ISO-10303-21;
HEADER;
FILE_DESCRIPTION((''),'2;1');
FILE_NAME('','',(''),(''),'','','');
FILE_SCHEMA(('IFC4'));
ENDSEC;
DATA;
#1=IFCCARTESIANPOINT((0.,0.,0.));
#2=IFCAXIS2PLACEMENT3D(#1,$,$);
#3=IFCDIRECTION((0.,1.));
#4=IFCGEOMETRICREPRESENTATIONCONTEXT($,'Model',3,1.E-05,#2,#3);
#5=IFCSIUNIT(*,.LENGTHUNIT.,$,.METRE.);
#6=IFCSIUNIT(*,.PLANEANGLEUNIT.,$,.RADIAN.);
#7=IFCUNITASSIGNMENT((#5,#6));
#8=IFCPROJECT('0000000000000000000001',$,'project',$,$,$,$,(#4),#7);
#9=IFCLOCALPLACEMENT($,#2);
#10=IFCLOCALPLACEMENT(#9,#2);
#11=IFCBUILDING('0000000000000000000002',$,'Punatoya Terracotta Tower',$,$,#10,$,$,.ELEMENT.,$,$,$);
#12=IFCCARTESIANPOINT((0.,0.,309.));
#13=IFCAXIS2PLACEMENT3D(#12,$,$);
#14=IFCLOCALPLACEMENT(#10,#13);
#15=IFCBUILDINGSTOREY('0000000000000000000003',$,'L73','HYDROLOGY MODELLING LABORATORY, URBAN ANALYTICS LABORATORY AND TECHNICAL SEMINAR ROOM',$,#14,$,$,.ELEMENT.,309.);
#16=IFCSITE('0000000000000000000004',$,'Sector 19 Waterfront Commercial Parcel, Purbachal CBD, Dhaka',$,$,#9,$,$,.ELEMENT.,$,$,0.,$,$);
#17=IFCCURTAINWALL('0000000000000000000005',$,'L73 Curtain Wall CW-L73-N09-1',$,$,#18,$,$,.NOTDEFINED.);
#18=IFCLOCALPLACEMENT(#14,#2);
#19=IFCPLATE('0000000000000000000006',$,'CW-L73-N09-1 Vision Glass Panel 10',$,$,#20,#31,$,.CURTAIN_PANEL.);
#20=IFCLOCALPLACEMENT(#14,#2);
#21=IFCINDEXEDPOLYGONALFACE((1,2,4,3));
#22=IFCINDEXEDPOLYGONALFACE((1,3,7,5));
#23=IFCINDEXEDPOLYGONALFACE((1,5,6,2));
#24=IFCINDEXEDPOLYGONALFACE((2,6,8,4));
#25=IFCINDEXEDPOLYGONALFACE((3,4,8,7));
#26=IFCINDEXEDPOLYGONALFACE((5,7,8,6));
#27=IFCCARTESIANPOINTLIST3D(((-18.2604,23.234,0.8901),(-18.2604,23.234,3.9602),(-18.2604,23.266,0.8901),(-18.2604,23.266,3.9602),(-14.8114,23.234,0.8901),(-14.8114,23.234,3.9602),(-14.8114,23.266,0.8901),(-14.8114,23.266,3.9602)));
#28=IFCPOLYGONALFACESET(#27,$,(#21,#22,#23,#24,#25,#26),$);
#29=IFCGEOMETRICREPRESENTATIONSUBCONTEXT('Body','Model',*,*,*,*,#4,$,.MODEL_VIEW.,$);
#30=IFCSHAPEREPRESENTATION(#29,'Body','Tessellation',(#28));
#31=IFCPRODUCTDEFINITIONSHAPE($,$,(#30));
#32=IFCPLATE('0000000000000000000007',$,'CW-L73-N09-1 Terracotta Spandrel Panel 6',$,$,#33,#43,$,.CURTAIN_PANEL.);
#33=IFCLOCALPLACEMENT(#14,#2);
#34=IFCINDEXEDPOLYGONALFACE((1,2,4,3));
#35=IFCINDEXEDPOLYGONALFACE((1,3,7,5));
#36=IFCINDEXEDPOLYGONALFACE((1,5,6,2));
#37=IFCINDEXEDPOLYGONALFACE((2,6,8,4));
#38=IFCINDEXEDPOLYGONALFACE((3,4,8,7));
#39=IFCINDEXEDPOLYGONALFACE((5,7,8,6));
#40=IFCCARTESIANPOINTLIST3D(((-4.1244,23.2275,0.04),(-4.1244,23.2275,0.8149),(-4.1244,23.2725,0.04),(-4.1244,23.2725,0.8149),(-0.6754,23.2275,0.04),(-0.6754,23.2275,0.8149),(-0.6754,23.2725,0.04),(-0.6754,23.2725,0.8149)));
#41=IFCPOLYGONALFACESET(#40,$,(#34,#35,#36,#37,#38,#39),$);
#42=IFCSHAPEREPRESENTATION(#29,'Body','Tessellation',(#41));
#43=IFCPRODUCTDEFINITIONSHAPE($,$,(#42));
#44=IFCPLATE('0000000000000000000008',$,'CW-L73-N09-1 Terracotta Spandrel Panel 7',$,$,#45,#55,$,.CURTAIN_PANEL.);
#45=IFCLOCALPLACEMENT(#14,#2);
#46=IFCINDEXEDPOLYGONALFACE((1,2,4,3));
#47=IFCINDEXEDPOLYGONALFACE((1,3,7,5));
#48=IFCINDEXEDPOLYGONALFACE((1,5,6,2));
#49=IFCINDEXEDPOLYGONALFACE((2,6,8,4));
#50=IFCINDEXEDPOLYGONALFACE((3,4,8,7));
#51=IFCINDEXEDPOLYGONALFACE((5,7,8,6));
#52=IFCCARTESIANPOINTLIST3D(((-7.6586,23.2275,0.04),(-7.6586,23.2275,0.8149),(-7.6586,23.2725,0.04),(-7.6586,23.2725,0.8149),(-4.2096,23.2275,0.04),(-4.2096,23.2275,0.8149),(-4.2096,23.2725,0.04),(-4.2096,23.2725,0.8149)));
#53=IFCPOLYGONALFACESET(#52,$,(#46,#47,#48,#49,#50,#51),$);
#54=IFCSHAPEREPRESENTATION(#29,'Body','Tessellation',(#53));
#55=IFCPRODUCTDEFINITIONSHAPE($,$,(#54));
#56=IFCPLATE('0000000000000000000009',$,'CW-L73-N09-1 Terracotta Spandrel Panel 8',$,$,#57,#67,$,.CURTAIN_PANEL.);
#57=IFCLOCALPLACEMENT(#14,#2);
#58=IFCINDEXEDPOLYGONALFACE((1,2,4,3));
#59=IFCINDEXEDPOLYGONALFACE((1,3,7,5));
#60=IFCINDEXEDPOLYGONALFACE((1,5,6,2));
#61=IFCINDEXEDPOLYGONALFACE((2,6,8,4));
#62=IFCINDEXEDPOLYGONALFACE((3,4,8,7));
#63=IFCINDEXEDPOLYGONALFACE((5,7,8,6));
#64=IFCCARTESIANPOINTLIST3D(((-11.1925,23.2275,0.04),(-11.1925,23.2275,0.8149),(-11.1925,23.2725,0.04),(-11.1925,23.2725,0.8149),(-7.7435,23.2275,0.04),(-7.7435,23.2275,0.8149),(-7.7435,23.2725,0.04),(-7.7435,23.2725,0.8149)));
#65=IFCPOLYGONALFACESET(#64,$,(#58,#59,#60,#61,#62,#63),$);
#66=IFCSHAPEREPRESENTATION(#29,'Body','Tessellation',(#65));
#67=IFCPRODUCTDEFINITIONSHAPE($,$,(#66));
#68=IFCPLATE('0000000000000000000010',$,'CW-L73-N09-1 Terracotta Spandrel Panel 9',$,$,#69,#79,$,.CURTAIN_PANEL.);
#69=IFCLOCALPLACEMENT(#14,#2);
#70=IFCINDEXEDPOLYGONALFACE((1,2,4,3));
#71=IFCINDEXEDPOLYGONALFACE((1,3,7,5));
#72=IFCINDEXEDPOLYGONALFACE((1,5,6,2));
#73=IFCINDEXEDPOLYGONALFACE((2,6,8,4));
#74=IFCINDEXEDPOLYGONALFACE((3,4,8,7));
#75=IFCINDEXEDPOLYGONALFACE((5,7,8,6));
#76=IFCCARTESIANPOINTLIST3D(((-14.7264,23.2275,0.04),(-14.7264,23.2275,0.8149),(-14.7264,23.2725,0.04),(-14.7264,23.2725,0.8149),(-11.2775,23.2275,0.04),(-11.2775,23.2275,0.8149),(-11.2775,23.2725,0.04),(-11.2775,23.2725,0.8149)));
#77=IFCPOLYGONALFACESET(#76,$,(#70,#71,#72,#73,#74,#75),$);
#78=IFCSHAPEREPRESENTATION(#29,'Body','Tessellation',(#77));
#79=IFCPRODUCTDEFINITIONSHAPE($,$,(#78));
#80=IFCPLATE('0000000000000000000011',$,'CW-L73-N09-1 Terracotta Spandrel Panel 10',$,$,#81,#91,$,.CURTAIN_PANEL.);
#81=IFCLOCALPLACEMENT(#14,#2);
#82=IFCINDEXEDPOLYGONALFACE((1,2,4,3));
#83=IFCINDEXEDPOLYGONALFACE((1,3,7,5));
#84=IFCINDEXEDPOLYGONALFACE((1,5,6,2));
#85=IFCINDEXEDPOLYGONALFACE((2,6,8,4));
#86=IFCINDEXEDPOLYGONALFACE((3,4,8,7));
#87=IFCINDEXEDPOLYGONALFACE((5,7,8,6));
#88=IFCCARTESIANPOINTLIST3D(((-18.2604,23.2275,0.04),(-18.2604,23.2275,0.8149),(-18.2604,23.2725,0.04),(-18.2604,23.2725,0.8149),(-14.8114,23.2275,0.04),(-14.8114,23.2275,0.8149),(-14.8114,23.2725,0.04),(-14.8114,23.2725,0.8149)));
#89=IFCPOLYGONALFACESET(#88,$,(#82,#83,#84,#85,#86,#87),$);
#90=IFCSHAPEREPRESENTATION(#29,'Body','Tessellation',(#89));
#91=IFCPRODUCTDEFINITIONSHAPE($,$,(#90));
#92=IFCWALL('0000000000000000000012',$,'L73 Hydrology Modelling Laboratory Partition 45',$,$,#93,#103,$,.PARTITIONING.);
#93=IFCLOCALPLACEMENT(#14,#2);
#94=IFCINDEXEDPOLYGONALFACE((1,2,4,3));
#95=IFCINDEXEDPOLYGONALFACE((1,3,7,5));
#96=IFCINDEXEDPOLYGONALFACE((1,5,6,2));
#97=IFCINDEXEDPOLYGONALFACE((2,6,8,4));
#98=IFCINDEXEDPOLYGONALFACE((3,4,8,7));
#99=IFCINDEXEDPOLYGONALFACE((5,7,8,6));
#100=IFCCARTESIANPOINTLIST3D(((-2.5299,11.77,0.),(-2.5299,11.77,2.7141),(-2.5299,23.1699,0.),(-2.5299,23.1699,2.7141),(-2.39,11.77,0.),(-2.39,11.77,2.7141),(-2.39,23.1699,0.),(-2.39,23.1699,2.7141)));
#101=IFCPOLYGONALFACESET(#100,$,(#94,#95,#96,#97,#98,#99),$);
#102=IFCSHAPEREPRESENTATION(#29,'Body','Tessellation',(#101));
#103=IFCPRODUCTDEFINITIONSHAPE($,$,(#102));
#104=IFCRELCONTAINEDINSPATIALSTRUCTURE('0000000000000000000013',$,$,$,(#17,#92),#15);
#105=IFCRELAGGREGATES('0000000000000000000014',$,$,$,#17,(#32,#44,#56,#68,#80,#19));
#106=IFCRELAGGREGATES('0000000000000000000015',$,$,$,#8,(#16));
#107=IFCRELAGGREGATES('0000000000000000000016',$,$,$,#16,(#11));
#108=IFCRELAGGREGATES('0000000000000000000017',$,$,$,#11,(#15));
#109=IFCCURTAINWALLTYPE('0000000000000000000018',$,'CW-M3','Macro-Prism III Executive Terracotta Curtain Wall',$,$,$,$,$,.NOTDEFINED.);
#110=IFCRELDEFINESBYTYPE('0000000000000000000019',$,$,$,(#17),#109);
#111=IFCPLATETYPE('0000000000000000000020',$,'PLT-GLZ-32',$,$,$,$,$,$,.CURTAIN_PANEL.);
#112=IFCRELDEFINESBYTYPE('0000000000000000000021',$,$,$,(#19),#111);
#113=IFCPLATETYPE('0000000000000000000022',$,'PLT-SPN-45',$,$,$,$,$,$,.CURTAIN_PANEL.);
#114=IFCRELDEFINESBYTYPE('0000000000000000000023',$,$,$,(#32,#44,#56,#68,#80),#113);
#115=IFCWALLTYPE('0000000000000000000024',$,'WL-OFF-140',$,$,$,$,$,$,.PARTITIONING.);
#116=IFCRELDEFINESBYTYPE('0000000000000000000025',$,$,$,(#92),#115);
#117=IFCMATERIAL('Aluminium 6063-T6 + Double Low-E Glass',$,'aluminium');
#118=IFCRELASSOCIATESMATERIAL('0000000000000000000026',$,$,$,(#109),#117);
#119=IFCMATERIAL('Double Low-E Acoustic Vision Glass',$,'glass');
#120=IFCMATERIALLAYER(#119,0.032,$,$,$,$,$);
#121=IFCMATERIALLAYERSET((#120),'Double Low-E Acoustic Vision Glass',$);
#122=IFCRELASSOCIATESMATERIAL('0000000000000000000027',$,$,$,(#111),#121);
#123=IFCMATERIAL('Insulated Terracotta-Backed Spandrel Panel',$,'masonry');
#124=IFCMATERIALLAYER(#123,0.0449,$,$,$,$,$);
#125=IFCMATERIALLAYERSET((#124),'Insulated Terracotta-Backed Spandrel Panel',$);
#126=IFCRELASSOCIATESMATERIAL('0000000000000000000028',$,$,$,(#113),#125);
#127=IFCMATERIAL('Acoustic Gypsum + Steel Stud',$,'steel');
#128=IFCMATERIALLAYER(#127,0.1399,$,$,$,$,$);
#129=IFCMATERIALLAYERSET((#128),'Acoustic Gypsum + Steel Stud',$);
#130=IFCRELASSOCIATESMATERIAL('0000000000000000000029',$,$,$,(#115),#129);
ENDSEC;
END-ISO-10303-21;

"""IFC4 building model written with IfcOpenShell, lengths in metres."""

from ifc_helpers import new_model, si_unit, direction, frame, frame_2d, origin, origin_2d, place, context, subcontext, project, spatial, rectangle, extrude, material, layer, layer_set, type_object, element, aggregate, save


model = new_model("IFC4")

# Units and contexts
model_context = context("Model", 3, precision=1e-05, world=origin(), true_north=direction((0.0, 1.0)))
body_context = subcontext(model_context, "Body", "Model", "MODEL_VIEW")
ifc_project = project(units=[si_unit("LENGTHUNIT", "METRE"), si_unit("PLANEANGLEUNIT", "RADIAN")], contexts=[model_context])

# Site, building, storey
site_placement = place(None, origin())
site = spatial("IfcSite", under=ifc_project, at=site_placement, Name="Sector 19 Waterfront Commercial Parcel, Purbachal CBD, Dhaka", CompositionType="ELEMENT", RefElevation=0.0)
building_placement = place(site_placement, origin())
building = spatial("IfcBuilding", under=site, at=building_placement, Name="Punatoya Terracotta Tower", CompositionType="ELEMENT")
storey_placement = place(building_placement, frame((0.0, 0.0, 309.0)))
storey = spatial("IfcBuildingStorey", under=building, at=storey_placement, Name="L73", Description="HYDROLOGY MODELLING LABORATORY, URBAN ANALYTICS LABORATORY AND TECHNICAL SEMINAR ROOM", CompositionType="ELEMENT", Elevation=309.0)

# Curtain wall, plates
ifc_material_1 = material(Name="Aluminium 6063-T6 + Double Low-E Glass", Category="aluminium")
curtain_wall_type = type_object("IfcCurtainWallType", Name="CW-M3", Description="Macro-Prism III Executive Terracotta Curtain Wall", PredefinedType="NOTDEFINED", material=ifc_material_1)
curtain_wall_placement = place(storey_placement, origin())
curtain_wall = element("IfcCurtainWall", 1, at=curtain_wall_placement, inside=storey, type_object=curtain_wall_type, Name="L73 Curtain Wall CW-L73-N09-1", PredefinedType="NOTDEFINED")
ifc_material_2 = material(Name="Double Low-E Acoustic Vision Glass", Category="glass")
ifc_layer_1 = layer(ifc_material_2, 0.032)
ifc_layer_set_1 = layer_set([ifc_layer_1], Name="Double Low-E Acoustic Vision Glass")
plate_type_1 = type_object("IfcPlateType", Name="PLT-GLZ-32", PredefinedType="CURTAIN_PANEL", material=ifc_layer_set_1)
plate_1_placement = place(storey_placement, frame((-16.5359, 23.25, 0.8901), z_axis=(0.0, 0.0, 1.0), x_axis=(-1.0, 0.0, 0.0)))
plate_1 = element("IfcPlate", 2, at=plate_1_placement, type_object=plate_type_1, Name="CW-L73-N09-1 Vision Glass Panel 10", PredefinedType="CURTAIN_PANEL", context=body_context, shape_type="SweptSolid", body=[
    extrude(rectangle(XDim=3.449, YDim=0.032, at=origin_2d()), origin(), (0.0, 0.0, 1.0), 3.0701),
])
ifc_material_3 = material(Name="Insulated Terracotta-Backed Spandrel Panel", Category="masonry")
ifc_layer_2 = layer(ifc_material_3, 0.0449)
ifc_layer_set_2 = layer_set([ifc_layer_2], Name="Insulated Terracotta-Backed Spandrel Panel")
plate_type_2 = type_object("IfcPlateType", Name="PLT-SPN-45", PredefinedType="CURTAIN_PANEL", material=ifc_layer_set_2)
plate_2_placement = place(storey_placement, frame((-2.3999, 23.25, 0.04), z_axis=(0.0, 0.0, 1.0), x_axis=(-1.0, 0.0, 0.0)))
plate_2 = element("IfcPlate", 3, at=plate_2_placement, type_object=plate_type_2, Name="CW-L73-N09-1 Terracotta Spandrel Panel 6", PredefinedType="CURTAIN_PANEL", context=body_context, shape_type="SweptSolid", body=[
    extrude(rectangle(XDim=3.449, YDim=0.0449, at=origin_2d()), origin(), (0.0, 0.0, 1.0), 0.7749),
])
plate_3_placement = place(storey_placement, frame((-5.9341, 23.25, 0.04), z_axis=(0.0, 0.0, 1.0), x_axis=(-1.0, 0.0, 0.0)))
plate_3 = element("IfcPlate", 4, at=plate_3_placement, type_object=plate_type_2, Name="CW-L73-N09-1 Terracotta Spandrel Panel 7", PredefinedType="CURTAIN_PANEL", context=body_context, shape_type="SweptSolid", body=[
    extrude(rectangle(XDim=3.449, YDim=0.0449, at=origin_2d()), origin(), (0.0, 0.0, 1.0), 0.7749),
])
plate_4_placement = place(storey_placement, frame((-9.468, 23.25, 0.04), z_axis=(0.0, 0.0, 1.0), x_axis=(-1.0, 0.0, 0.0)))
plate_4 = element("IfcPlate", 5, at=plate_4_placement, type_object=plate_type_2, Name="CW-L73-N09-1 Terracotta Spandrel Panel 8", PredefinedType="CURTAIN_PANEL", context=body_context, shape_type="SweptSolid", body=[
    extrude(rectangle(XDim=3.449, YDim=0.0449, at=origin_2d()), origin(), (0.0, 0.0, 1.0), 0.7749),
])
plate_5_placement = place(storey_placement, frame((-13.002, 23.25, 0.04), z_axis=(0.0, 0.0, 1.0), x_axis=(-1.0, 0.0, 0.0)))
plate_5 = element("IfcPlate", 6, at=plate_5_placement, type_object=plate_type_2, Name="CW-L73-N09-1 Terracotta Spandrel Panel 9", PredefinedType="CURTAIN_PANEL", context=body_context, shape_type="SweptSolid", body=[
    extrude(rectangle(XDim=3.449, YDim=0.0449, at=origin_2d()), origin(), (0.0, 0.0, 1.0), 0.7749),
])
plate_6_placement = place(storey_placement, frame((-16.5359, 23.25, 0.04), z_axis=(0.0, 0.0, 1.0), x_axis=(-1.0, 0.0, 0.0)))
plate_6 = element("IfcPlate", 7, at=plate_6_placement, type_object=plate_type_2, Name="CW-L73-N09-1 Terracotta Spandrel Panel 10", PredefinedType="CURTAIN_PANEL", context=body_context, shape_type="SweptSolid", body=[
    extrude(rectangle(XDim=3.449, YDim=0.0449, at=origin_2d()), origin(), (0.0, 0.0, 1.0), 0.7749),
])
aggregate(curtain_wall, [plate_2, plate_3, plate_4, plate_5, plate_6, plate_1])

# Wall
ifc_material_4 = material(Name="Acoustic Gypsum + Steel Stud", Category="steel")
ifc_layer_3 = layer(ifc_material_4, 0.1399)
ifc_layer_set_3 = layer_set([ifc_layer_3], Name="Acoustic Gypsum + Steel Stud")
wall_type = type_object("IfcWallType", Name="WL-OFF-140", PredefinedType="PARTITIONING", material=ifc_layer_set_3)
wall_placement = place(storey_placement, frame((-2.46, 23.1699, 0.0), z_axis=(0.0, 0.0, 1.0), x_axis=(0.0, -1.0, 0.0)))
element("IfcWall", 8, at=wall_placement, inside=storey, type_object=wall_type, Name="L73 Hydrology Modelling Laboratory Partition 45", PredefinedType="PARTITIONING", context=body_context, shape_type="SweptSolid", body=[
    extrude(rectangle(XDim=11.3999, YDim=0.1399, at=frame_2d((5.7, 0.0))), origin(), (0.0, 0.0, 1.0), 2.7141),
])

save(model, "model.ifc")
